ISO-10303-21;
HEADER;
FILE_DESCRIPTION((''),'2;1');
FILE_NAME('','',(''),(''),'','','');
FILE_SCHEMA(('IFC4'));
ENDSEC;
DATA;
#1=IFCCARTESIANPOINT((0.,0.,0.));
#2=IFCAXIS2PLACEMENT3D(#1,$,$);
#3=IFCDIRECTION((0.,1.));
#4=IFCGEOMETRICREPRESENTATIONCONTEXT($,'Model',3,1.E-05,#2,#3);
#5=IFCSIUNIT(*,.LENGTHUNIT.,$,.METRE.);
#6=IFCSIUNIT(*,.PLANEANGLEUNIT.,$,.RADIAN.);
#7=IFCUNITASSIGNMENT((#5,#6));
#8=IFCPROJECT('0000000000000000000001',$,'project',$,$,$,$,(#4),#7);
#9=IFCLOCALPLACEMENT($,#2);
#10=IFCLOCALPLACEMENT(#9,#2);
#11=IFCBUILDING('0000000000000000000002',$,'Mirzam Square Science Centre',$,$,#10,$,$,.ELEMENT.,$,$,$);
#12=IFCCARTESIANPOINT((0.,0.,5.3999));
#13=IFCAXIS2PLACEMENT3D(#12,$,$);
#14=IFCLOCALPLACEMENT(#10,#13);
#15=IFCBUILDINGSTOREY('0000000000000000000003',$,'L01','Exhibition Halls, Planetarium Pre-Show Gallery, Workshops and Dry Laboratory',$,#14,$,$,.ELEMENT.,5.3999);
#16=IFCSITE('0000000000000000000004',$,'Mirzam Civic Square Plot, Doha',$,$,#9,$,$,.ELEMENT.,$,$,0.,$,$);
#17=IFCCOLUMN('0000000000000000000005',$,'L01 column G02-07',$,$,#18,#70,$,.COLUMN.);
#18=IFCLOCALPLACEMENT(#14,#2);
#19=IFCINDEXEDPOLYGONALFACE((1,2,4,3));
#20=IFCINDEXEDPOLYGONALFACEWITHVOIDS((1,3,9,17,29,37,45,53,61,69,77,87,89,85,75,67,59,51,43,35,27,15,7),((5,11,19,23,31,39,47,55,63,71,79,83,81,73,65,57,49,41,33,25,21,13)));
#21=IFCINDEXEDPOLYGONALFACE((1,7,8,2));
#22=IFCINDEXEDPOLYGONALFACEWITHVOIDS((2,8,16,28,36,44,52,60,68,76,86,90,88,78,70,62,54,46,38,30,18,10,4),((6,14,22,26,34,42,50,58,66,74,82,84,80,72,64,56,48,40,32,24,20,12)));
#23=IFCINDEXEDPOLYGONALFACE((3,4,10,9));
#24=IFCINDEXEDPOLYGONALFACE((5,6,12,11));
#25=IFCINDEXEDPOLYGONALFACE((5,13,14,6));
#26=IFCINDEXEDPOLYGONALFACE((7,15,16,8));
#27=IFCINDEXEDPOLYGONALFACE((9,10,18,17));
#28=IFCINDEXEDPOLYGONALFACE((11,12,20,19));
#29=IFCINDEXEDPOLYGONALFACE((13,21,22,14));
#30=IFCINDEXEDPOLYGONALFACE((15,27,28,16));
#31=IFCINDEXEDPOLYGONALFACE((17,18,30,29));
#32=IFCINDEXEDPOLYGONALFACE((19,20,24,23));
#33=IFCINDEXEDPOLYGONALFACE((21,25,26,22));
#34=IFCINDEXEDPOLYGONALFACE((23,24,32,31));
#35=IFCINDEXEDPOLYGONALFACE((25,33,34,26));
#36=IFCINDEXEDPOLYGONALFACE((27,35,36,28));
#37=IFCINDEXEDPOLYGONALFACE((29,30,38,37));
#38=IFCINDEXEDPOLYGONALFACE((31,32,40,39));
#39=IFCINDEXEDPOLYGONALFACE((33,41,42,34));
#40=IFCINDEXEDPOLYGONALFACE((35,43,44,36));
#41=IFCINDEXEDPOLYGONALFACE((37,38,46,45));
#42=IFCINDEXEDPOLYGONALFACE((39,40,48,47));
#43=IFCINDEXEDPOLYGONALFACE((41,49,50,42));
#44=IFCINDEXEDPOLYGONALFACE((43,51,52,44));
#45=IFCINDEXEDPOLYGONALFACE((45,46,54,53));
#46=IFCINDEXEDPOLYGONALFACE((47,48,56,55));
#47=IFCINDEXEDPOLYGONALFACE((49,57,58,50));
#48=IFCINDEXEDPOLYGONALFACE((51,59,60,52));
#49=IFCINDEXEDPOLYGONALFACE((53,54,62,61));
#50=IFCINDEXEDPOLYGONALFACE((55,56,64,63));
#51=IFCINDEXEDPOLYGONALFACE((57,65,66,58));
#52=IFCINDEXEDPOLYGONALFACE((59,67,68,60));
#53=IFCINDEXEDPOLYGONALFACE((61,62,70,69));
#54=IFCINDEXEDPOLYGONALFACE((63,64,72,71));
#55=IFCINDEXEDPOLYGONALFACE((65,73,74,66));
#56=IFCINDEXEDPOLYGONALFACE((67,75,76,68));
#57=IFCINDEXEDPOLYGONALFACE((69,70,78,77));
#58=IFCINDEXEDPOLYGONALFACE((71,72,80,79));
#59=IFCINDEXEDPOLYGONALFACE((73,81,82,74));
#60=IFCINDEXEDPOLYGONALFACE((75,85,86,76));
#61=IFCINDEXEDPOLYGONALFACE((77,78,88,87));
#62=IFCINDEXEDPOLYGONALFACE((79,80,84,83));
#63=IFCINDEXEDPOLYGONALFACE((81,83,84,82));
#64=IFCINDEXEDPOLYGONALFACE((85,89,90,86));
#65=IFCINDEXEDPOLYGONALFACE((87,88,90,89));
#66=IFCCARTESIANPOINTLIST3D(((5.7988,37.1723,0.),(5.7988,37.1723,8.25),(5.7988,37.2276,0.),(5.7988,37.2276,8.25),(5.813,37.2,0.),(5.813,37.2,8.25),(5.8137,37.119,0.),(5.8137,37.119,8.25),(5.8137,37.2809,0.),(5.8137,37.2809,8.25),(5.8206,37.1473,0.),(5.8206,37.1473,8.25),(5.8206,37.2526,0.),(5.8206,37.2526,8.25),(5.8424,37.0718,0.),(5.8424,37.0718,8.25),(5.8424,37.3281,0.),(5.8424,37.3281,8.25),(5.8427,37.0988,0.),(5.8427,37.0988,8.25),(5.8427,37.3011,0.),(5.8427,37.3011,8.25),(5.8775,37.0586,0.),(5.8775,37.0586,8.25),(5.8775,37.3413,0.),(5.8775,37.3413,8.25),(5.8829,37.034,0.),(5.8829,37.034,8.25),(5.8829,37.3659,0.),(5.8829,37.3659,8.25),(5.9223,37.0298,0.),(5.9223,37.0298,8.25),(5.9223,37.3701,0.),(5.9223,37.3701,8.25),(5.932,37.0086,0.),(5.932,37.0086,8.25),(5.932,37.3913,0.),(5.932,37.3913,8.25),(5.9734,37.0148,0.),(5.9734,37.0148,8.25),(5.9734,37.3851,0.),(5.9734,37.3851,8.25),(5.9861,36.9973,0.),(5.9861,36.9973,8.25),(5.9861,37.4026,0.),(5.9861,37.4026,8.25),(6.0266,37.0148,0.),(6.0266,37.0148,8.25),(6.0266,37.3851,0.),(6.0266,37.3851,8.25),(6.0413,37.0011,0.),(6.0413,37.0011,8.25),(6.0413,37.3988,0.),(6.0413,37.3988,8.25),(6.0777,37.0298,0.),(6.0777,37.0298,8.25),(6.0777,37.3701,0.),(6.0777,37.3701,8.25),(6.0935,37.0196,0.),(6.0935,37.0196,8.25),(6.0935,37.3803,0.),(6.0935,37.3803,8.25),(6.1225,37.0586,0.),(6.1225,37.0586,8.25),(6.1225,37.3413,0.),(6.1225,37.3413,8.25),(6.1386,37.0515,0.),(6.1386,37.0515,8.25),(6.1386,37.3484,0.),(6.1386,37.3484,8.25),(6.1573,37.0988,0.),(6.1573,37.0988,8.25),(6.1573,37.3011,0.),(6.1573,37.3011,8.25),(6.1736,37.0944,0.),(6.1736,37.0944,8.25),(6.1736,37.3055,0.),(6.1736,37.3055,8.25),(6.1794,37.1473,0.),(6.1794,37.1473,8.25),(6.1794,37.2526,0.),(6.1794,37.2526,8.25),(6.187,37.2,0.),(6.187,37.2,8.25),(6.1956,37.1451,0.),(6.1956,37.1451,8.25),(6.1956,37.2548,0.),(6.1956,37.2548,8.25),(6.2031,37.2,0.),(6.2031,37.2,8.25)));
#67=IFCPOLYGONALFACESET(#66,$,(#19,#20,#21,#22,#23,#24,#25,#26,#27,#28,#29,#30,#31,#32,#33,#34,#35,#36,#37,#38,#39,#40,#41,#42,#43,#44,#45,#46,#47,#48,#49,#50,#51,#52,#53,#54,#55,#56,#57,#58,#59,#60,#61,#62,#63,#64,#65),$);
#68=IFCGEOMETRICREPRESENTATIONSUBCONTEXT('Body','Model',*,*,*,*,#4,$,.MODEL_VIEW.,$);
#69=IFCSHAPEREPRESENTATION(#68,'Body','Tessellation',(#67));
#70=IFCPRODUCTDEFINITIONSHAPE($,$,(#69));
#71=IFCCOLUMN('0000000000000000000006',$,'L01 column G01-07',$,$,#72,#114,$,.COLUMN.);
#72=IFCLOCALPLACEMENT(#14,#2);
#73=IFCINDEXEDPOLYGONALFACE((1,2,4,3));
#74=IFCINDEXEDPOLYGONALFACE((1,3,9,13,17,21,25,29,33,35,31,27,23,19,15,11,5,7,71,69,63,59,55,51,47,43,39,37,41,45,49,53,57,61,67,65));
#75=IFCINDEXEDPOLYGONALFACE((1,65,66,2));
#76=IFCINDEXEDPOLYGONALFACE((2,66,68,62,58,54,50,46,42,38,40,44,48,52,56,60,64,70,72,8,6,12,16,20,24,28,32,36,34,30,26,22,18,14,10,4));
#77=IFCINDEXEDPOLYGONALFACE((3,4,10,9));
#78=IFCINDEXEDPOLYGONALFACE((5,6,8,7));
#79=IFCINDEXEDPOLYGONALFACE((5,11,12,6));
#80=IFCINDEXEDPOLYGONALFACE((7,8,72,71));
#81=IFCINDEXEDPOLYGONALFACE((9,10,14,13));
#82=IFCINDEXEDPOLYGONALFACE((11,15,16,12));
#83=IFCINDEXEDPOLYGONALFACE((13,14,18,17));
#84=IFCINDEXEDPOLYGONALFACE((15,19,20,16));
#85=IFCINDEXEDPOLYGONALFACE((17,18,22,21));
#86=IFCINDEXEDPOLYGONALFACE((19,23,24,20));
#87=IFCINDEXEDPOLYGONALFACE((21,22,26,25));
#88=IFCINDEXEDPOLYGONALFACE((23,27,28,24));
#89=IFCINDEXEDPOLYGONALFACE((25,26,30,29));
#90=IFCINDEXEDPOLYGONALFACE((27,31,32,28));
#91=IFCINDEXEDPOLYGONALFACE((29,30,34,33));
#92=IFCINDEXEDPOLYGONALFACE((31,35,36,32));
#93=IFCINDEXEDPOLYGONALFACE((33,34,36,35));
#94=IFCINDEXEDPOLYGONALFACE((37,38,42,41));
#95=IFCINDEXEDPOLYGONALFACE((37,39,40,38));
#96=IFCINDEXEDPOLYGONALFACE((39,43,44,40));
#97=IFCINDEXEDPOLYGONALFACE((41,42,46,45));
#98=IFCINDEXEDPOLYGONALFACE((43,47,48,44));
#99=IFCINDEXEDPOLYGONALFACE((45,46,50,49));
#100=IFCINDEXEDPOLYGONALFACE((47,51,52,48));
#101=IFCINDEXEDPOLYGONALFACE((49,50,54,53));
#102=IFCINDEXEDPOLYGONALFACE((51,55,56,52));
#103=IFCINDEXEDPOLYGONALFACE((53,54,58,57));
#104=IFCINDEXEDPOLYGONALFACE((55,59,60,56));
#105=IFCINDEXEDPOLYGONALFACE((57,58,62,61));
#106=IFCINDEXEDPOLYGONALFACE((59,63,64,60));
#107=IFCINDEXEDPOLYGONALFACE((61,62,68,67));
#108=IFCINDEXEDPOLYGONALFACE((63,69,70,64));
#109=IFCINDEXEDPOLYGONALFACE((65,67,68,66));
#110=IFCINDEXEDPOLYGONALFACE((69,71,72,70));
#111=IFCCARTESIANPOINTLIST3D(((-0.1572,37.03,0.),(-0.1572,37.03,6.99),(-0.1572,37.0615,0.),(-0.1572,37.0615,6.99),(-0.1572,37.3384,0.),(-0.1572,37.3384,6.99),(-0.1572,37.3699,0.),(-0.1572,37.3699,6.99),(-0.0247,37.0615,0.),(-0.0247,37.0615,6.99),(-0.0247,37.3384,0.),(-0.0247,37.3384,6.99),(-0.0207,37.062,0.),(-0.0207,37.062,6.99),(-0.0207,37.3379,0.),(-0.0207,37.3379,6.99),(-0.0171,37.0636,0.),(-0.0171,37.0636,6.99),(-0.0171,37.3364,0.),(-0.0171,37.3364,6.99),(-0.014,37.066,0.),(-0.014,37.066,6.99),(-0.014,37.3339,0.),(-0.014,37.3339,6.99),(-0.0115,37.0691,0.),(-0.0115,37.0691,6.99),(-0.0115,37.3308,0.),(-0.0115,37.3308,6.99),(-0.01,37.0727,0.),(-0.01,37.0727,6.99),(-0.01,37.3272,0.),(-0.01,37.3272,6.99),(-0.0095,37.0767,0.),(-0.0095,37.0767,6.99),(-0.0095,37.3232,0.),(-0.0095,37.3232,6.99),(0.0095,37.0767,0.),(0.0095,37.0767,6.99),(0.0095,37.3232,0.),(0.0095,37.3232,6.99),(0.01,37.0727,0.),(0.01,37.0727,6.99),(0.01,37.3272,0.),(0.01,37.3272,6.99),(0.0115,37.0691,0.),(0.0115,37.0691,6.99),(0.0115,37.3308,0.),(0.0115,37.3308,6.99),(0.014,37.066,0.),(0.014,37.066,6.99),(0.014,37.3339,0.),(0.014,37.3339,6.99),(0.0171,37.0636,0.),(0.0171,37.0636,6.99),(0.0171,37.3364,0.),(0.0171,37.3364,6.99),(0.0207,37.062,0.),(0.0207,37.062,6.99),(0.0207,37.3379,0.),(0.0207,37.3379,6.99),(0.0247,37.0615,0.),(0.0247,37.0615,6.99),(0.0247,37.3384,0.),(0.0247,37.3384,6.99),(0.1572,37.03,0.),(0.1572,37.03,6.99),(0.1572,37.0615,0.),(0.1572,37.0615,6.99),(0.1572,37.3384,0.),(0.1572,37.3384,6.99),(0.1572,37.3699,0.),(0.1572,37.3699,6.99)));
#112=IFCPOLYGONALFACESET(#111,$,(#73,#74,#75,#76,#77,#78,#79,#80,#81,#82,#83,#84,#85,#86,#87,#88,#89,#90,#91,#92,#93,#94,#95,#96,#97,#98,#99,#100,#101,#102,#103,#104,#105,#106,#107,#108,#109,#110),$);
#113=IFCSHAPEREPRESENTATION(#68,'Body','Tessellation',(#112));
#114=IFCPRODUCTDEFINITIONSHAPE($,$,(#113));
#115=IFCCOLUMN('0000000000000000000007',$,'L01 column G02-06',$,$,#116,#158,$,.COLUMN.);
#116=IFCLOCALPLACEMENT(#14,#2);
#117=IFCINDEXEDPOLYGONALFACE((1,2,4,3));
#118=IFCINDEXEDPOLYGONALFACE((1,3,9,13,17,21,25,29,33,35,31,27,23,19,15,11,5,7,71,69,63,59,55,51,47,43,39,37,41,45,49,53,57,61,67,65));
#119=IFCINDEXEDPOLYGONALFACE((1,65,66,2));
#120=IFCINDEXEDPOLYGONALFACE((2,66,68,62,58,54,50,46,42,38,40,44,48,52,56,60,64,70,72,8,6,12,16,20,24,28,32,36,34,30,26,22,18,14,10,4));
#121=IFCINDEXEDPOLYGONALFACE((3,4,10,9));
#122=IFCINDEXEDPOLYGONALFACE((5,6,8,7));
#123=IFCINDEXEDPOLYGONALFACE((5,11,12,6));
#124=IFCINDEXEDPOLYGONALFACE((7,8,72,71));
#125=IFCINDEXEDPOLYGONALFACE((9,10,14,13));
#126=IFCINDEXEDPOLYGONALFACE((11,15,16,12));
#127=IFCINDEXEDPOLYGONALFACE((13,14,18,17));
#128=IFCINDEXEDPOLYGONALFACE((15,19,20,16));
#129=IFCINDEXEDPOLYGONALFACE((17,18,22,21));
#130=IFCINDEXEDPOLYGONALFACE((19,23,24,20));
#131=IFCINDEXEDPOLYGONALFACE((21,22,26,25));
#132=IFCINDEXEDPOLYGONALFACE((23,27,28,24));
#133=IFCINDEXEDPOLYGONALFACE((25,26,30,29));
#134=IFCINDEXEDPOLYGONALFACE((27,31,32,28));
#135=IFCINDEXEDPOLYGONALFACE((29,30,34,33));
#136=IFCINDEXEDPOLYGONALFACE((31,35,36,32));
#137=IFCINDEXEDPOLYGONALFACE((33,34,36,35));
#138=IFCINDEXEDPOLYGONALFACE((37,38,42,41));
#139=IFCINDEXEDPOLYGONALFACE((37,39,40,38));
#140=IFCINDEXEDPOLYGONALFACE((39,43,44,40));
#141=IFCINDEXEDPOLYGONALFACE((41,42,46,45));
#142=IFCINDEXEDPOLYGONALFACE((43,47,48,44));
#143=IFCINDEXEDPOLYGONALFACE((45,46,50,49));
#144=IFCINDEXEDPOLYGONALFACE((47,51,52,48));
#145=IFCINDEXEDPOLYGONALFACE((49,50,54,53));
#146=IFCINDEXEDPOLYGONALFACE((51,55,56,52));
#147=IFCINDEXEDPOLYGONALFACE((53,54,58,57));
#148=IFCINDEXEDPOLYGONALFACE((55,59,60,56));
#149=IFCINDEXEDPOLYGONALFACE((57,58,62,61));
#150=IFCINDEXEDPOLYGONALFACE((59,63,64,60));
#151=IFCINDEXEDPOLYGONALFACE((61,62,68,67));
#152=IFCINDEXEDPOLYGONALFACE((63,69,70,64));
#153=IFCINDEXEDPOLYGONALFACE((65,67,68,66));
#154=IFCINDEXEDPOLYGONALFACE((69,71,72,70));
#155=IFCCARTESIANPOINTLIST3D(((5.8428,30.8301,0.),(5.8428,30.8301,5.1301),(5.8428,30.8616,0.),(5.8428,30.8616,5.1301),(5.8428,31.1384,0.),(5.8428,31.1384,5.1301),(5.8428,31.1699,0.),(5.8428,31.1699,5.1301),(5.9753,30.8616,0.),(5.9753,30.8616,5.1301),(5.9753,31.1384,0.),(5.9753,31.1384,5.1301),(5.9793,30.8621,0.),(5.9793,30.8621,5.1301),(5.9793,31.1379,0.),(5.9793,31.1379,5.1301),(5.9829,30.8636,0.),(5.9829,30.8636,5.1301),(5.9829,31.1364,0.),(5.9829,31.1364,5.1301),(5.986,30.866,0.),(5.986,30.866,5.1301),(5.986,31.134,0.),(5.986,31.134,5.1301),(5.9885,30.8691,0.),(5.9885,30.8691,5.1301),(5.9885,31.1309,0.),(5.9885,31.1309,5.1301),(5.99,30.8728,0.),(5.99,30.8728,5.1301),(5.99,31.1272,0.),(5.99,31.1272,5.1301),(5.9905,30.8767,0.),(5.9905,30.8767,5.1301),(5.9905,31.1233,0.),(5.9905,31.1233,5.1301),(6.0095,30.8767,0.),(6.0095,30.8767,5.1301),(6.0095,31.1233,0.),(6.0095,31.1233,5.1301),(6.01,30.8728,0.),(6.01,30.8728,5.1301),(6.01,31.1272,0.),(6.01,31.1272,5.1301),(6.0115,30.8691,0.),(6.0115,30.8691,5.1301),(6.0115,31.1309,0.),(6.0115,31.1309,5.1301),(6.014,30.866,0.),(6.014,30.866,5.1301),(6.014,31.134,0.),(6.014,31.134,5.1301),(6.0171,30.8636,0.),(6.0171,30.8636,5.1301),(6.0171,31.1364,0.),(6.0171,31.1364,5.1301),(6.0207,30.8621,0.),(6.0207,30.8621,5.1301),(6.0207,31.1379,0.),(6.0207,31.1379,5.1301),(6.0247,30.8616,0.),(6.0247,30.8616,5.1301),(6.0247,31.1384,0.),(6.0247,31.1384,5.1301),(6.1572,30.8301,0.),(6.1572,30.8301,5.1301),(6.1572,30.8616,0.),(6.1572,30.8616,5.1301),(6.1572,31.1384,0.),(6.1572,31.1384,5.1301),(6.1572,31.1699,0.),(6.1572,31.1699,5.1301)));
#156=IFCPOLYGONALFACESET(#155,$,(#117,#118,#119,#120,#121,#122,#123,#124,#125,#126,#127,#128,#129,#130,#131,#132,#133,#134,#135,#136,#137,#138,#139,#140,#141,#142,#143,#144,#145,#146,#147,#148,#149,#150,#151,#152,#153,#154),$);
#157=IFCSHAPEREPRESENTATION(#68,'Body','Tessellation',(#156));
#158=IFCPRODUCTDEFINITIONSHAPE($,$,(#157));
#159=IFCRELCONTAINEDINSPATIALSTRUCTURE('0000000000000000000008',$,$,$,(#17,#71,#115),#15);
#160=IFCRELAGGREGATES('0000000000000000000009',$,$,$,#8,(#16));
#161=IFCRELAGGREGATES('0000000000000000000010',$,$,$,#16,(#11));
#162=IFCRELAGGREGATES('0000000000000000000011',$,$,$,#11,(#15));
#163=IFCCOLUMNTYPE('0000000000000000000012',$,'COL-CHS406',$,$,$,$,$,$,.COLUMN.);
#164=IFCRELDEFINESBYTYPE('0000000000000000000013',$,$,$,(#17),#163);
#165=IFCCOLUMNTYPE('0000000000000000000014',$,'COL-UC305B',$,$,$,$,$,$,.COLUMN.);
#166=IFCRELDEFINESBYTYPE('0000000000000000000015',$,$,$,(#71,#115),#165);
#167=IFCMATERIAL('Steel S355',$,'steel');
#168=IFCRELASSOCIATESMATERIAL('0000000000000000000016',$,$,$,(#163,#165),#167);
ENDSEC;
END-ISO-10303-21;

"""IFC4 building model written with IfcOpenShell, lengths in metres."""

from ifc_helpers import new_model, si_unit, direction, frame, origin, origin_2d, place, context, subcontext, project, spatial, hollow_circle, i_section, extrude, material, material_profile, profile_set, type_object, element, save


model = new_model("IFC4")

# Units and contexts
model_context = context("Model", 3, precision=1e-05, world=origin(), true_north=direction((0.0, 1.0)))
body_context = subcontext(model_context, "Body", "Model", "MODEL_VIEW")
ifc_project = project(units=[si_unit("LENGTHUNIT", "METRE"), si_unit("PLANEANGLEUNIT", "RADIAN")], contexts=[model_context])

# Site, building, storey
site_placement = place(None, origin())
site = spatial("IfcSite", under=ifc_project, at=site_placement, Name="Mirzam Civic Square Plot, Doha", CompositionType="ELEMENT", RefElevation=0.0)
building_placement = place(site_placement, origin())
building = spatial("IfcBuilding", under=site, at=building_placement, Name="Mirzam Square Science Centre", CompositionType="ELEMENT")
storey_placement = place(building_placement, frame((0.0, 0.0, 5.3999)))
storey = spatial("IfcBuildingStorey", under=building, at=storey_placement, Name="L01", Description="Exhibition Halls, Planetarium Pre-Show Gallery, Workshops and Dry Laboratory", CompositionType="ELEMENT", Elevation=5.3999)

# Columns
ifc_material_1 = material(Name="Steel S355", Category="steel")
ifc_material_profile_1 = material_profile(ifc_material_1, hollow_circle(Radius=0.2031, WallThickness=0.0161, at=origin_2d()), Name="406.4x16.0CHS")
ifc_profile_set_1 = profile_set([ifc_material_profile_1], Name="Steel S355")
column_type_1 = type_object("IfcColumnType", Name="COL-CHS406", PredefinedType="COLUMN", material=ifc_profile_set_1)
column_1_placement = place(storey_placement, frame((6.0, 37.2, 0.0), z_axis=(0.0, 0.0, 1.0), x_axis=(1.0, 0.0, 0.0)))
element("IfcColumn", 1, at=column_1_placement, inside=storey, type_object=column_type_1, Name="L01 column G02-07", PredefinedType="COLUMN", context=body_context, shape_type="SweptSolid", body=[
    extrude(hollow_circle(Radius=0.2031, WallThickness=0.0161, at=origin_2d()), origin(), (0.0, 0.0, 1.0), 8.25),
])
ifc_material_profile_2 = material_profile(ifc_material_1, i_section(OverallWidth=0.3145, OverallDepth=0.3398, WebThickness=0.019, FlangeThickness=0.0315, FilletRadius=0.0151, at=origin_2d()), Name="305x305x198UC")
ifc_profile_set_2 = profile_set([ifc_material_profile_2], Name="Steel S355")
column_type_2 = type_object("IfcColumnType", Name="COL-UC305B", PredefinedType="COLUMN", material=ifc_profile_set_2)
column_2_placement = place(storey_placement, frame((0.0, 37.2, 0.0), z_axis=(0.0, 0.0, 1.0), x_axis=(1.0, 0.0, 0.0)))
element("IfcColumn", 2, at=column_2_placement, inside=storey, type_object=column_type_2, Name="L01 column G01-07", PredefinedType="COLUMN", context=body_context, shape_type="SweptSolid", body=[
    extrude(i_section(OverallWidth=0.3145, OverallDepth=0.3398, WebThickness=0.019, FlangeThickness=0.0315, FilletRadius=0.0151, at=origin_2d()), origin(), (0.0, 0.0, 1.0), 6.99),
])
column_3_placement = place(storey_placement, frame((6.0, 31.0, 0.0), z_axis=(0.0, 0.0, 1.0), x_axis=(1.0, 0.0, 0.0)))
element("IfcColumn", 3, at=column_3_placement, inside=storey, type_object=column_type_2, Name="L01 column G02-06", PredefinedType="COLUMN", context=body_context, shape_type="SweptSolid", body=[
    extrude(i_section(OverallWidth=0.3145, OverallDepth=0.3398, WebThickness=0.019, FlangeThickness=0.0315, FilletRadius=0.0151, at=origin_2d()), origin(), (0.0, 0.0, 1.0), 5.1301),
])

save(model, "model.ifc")
